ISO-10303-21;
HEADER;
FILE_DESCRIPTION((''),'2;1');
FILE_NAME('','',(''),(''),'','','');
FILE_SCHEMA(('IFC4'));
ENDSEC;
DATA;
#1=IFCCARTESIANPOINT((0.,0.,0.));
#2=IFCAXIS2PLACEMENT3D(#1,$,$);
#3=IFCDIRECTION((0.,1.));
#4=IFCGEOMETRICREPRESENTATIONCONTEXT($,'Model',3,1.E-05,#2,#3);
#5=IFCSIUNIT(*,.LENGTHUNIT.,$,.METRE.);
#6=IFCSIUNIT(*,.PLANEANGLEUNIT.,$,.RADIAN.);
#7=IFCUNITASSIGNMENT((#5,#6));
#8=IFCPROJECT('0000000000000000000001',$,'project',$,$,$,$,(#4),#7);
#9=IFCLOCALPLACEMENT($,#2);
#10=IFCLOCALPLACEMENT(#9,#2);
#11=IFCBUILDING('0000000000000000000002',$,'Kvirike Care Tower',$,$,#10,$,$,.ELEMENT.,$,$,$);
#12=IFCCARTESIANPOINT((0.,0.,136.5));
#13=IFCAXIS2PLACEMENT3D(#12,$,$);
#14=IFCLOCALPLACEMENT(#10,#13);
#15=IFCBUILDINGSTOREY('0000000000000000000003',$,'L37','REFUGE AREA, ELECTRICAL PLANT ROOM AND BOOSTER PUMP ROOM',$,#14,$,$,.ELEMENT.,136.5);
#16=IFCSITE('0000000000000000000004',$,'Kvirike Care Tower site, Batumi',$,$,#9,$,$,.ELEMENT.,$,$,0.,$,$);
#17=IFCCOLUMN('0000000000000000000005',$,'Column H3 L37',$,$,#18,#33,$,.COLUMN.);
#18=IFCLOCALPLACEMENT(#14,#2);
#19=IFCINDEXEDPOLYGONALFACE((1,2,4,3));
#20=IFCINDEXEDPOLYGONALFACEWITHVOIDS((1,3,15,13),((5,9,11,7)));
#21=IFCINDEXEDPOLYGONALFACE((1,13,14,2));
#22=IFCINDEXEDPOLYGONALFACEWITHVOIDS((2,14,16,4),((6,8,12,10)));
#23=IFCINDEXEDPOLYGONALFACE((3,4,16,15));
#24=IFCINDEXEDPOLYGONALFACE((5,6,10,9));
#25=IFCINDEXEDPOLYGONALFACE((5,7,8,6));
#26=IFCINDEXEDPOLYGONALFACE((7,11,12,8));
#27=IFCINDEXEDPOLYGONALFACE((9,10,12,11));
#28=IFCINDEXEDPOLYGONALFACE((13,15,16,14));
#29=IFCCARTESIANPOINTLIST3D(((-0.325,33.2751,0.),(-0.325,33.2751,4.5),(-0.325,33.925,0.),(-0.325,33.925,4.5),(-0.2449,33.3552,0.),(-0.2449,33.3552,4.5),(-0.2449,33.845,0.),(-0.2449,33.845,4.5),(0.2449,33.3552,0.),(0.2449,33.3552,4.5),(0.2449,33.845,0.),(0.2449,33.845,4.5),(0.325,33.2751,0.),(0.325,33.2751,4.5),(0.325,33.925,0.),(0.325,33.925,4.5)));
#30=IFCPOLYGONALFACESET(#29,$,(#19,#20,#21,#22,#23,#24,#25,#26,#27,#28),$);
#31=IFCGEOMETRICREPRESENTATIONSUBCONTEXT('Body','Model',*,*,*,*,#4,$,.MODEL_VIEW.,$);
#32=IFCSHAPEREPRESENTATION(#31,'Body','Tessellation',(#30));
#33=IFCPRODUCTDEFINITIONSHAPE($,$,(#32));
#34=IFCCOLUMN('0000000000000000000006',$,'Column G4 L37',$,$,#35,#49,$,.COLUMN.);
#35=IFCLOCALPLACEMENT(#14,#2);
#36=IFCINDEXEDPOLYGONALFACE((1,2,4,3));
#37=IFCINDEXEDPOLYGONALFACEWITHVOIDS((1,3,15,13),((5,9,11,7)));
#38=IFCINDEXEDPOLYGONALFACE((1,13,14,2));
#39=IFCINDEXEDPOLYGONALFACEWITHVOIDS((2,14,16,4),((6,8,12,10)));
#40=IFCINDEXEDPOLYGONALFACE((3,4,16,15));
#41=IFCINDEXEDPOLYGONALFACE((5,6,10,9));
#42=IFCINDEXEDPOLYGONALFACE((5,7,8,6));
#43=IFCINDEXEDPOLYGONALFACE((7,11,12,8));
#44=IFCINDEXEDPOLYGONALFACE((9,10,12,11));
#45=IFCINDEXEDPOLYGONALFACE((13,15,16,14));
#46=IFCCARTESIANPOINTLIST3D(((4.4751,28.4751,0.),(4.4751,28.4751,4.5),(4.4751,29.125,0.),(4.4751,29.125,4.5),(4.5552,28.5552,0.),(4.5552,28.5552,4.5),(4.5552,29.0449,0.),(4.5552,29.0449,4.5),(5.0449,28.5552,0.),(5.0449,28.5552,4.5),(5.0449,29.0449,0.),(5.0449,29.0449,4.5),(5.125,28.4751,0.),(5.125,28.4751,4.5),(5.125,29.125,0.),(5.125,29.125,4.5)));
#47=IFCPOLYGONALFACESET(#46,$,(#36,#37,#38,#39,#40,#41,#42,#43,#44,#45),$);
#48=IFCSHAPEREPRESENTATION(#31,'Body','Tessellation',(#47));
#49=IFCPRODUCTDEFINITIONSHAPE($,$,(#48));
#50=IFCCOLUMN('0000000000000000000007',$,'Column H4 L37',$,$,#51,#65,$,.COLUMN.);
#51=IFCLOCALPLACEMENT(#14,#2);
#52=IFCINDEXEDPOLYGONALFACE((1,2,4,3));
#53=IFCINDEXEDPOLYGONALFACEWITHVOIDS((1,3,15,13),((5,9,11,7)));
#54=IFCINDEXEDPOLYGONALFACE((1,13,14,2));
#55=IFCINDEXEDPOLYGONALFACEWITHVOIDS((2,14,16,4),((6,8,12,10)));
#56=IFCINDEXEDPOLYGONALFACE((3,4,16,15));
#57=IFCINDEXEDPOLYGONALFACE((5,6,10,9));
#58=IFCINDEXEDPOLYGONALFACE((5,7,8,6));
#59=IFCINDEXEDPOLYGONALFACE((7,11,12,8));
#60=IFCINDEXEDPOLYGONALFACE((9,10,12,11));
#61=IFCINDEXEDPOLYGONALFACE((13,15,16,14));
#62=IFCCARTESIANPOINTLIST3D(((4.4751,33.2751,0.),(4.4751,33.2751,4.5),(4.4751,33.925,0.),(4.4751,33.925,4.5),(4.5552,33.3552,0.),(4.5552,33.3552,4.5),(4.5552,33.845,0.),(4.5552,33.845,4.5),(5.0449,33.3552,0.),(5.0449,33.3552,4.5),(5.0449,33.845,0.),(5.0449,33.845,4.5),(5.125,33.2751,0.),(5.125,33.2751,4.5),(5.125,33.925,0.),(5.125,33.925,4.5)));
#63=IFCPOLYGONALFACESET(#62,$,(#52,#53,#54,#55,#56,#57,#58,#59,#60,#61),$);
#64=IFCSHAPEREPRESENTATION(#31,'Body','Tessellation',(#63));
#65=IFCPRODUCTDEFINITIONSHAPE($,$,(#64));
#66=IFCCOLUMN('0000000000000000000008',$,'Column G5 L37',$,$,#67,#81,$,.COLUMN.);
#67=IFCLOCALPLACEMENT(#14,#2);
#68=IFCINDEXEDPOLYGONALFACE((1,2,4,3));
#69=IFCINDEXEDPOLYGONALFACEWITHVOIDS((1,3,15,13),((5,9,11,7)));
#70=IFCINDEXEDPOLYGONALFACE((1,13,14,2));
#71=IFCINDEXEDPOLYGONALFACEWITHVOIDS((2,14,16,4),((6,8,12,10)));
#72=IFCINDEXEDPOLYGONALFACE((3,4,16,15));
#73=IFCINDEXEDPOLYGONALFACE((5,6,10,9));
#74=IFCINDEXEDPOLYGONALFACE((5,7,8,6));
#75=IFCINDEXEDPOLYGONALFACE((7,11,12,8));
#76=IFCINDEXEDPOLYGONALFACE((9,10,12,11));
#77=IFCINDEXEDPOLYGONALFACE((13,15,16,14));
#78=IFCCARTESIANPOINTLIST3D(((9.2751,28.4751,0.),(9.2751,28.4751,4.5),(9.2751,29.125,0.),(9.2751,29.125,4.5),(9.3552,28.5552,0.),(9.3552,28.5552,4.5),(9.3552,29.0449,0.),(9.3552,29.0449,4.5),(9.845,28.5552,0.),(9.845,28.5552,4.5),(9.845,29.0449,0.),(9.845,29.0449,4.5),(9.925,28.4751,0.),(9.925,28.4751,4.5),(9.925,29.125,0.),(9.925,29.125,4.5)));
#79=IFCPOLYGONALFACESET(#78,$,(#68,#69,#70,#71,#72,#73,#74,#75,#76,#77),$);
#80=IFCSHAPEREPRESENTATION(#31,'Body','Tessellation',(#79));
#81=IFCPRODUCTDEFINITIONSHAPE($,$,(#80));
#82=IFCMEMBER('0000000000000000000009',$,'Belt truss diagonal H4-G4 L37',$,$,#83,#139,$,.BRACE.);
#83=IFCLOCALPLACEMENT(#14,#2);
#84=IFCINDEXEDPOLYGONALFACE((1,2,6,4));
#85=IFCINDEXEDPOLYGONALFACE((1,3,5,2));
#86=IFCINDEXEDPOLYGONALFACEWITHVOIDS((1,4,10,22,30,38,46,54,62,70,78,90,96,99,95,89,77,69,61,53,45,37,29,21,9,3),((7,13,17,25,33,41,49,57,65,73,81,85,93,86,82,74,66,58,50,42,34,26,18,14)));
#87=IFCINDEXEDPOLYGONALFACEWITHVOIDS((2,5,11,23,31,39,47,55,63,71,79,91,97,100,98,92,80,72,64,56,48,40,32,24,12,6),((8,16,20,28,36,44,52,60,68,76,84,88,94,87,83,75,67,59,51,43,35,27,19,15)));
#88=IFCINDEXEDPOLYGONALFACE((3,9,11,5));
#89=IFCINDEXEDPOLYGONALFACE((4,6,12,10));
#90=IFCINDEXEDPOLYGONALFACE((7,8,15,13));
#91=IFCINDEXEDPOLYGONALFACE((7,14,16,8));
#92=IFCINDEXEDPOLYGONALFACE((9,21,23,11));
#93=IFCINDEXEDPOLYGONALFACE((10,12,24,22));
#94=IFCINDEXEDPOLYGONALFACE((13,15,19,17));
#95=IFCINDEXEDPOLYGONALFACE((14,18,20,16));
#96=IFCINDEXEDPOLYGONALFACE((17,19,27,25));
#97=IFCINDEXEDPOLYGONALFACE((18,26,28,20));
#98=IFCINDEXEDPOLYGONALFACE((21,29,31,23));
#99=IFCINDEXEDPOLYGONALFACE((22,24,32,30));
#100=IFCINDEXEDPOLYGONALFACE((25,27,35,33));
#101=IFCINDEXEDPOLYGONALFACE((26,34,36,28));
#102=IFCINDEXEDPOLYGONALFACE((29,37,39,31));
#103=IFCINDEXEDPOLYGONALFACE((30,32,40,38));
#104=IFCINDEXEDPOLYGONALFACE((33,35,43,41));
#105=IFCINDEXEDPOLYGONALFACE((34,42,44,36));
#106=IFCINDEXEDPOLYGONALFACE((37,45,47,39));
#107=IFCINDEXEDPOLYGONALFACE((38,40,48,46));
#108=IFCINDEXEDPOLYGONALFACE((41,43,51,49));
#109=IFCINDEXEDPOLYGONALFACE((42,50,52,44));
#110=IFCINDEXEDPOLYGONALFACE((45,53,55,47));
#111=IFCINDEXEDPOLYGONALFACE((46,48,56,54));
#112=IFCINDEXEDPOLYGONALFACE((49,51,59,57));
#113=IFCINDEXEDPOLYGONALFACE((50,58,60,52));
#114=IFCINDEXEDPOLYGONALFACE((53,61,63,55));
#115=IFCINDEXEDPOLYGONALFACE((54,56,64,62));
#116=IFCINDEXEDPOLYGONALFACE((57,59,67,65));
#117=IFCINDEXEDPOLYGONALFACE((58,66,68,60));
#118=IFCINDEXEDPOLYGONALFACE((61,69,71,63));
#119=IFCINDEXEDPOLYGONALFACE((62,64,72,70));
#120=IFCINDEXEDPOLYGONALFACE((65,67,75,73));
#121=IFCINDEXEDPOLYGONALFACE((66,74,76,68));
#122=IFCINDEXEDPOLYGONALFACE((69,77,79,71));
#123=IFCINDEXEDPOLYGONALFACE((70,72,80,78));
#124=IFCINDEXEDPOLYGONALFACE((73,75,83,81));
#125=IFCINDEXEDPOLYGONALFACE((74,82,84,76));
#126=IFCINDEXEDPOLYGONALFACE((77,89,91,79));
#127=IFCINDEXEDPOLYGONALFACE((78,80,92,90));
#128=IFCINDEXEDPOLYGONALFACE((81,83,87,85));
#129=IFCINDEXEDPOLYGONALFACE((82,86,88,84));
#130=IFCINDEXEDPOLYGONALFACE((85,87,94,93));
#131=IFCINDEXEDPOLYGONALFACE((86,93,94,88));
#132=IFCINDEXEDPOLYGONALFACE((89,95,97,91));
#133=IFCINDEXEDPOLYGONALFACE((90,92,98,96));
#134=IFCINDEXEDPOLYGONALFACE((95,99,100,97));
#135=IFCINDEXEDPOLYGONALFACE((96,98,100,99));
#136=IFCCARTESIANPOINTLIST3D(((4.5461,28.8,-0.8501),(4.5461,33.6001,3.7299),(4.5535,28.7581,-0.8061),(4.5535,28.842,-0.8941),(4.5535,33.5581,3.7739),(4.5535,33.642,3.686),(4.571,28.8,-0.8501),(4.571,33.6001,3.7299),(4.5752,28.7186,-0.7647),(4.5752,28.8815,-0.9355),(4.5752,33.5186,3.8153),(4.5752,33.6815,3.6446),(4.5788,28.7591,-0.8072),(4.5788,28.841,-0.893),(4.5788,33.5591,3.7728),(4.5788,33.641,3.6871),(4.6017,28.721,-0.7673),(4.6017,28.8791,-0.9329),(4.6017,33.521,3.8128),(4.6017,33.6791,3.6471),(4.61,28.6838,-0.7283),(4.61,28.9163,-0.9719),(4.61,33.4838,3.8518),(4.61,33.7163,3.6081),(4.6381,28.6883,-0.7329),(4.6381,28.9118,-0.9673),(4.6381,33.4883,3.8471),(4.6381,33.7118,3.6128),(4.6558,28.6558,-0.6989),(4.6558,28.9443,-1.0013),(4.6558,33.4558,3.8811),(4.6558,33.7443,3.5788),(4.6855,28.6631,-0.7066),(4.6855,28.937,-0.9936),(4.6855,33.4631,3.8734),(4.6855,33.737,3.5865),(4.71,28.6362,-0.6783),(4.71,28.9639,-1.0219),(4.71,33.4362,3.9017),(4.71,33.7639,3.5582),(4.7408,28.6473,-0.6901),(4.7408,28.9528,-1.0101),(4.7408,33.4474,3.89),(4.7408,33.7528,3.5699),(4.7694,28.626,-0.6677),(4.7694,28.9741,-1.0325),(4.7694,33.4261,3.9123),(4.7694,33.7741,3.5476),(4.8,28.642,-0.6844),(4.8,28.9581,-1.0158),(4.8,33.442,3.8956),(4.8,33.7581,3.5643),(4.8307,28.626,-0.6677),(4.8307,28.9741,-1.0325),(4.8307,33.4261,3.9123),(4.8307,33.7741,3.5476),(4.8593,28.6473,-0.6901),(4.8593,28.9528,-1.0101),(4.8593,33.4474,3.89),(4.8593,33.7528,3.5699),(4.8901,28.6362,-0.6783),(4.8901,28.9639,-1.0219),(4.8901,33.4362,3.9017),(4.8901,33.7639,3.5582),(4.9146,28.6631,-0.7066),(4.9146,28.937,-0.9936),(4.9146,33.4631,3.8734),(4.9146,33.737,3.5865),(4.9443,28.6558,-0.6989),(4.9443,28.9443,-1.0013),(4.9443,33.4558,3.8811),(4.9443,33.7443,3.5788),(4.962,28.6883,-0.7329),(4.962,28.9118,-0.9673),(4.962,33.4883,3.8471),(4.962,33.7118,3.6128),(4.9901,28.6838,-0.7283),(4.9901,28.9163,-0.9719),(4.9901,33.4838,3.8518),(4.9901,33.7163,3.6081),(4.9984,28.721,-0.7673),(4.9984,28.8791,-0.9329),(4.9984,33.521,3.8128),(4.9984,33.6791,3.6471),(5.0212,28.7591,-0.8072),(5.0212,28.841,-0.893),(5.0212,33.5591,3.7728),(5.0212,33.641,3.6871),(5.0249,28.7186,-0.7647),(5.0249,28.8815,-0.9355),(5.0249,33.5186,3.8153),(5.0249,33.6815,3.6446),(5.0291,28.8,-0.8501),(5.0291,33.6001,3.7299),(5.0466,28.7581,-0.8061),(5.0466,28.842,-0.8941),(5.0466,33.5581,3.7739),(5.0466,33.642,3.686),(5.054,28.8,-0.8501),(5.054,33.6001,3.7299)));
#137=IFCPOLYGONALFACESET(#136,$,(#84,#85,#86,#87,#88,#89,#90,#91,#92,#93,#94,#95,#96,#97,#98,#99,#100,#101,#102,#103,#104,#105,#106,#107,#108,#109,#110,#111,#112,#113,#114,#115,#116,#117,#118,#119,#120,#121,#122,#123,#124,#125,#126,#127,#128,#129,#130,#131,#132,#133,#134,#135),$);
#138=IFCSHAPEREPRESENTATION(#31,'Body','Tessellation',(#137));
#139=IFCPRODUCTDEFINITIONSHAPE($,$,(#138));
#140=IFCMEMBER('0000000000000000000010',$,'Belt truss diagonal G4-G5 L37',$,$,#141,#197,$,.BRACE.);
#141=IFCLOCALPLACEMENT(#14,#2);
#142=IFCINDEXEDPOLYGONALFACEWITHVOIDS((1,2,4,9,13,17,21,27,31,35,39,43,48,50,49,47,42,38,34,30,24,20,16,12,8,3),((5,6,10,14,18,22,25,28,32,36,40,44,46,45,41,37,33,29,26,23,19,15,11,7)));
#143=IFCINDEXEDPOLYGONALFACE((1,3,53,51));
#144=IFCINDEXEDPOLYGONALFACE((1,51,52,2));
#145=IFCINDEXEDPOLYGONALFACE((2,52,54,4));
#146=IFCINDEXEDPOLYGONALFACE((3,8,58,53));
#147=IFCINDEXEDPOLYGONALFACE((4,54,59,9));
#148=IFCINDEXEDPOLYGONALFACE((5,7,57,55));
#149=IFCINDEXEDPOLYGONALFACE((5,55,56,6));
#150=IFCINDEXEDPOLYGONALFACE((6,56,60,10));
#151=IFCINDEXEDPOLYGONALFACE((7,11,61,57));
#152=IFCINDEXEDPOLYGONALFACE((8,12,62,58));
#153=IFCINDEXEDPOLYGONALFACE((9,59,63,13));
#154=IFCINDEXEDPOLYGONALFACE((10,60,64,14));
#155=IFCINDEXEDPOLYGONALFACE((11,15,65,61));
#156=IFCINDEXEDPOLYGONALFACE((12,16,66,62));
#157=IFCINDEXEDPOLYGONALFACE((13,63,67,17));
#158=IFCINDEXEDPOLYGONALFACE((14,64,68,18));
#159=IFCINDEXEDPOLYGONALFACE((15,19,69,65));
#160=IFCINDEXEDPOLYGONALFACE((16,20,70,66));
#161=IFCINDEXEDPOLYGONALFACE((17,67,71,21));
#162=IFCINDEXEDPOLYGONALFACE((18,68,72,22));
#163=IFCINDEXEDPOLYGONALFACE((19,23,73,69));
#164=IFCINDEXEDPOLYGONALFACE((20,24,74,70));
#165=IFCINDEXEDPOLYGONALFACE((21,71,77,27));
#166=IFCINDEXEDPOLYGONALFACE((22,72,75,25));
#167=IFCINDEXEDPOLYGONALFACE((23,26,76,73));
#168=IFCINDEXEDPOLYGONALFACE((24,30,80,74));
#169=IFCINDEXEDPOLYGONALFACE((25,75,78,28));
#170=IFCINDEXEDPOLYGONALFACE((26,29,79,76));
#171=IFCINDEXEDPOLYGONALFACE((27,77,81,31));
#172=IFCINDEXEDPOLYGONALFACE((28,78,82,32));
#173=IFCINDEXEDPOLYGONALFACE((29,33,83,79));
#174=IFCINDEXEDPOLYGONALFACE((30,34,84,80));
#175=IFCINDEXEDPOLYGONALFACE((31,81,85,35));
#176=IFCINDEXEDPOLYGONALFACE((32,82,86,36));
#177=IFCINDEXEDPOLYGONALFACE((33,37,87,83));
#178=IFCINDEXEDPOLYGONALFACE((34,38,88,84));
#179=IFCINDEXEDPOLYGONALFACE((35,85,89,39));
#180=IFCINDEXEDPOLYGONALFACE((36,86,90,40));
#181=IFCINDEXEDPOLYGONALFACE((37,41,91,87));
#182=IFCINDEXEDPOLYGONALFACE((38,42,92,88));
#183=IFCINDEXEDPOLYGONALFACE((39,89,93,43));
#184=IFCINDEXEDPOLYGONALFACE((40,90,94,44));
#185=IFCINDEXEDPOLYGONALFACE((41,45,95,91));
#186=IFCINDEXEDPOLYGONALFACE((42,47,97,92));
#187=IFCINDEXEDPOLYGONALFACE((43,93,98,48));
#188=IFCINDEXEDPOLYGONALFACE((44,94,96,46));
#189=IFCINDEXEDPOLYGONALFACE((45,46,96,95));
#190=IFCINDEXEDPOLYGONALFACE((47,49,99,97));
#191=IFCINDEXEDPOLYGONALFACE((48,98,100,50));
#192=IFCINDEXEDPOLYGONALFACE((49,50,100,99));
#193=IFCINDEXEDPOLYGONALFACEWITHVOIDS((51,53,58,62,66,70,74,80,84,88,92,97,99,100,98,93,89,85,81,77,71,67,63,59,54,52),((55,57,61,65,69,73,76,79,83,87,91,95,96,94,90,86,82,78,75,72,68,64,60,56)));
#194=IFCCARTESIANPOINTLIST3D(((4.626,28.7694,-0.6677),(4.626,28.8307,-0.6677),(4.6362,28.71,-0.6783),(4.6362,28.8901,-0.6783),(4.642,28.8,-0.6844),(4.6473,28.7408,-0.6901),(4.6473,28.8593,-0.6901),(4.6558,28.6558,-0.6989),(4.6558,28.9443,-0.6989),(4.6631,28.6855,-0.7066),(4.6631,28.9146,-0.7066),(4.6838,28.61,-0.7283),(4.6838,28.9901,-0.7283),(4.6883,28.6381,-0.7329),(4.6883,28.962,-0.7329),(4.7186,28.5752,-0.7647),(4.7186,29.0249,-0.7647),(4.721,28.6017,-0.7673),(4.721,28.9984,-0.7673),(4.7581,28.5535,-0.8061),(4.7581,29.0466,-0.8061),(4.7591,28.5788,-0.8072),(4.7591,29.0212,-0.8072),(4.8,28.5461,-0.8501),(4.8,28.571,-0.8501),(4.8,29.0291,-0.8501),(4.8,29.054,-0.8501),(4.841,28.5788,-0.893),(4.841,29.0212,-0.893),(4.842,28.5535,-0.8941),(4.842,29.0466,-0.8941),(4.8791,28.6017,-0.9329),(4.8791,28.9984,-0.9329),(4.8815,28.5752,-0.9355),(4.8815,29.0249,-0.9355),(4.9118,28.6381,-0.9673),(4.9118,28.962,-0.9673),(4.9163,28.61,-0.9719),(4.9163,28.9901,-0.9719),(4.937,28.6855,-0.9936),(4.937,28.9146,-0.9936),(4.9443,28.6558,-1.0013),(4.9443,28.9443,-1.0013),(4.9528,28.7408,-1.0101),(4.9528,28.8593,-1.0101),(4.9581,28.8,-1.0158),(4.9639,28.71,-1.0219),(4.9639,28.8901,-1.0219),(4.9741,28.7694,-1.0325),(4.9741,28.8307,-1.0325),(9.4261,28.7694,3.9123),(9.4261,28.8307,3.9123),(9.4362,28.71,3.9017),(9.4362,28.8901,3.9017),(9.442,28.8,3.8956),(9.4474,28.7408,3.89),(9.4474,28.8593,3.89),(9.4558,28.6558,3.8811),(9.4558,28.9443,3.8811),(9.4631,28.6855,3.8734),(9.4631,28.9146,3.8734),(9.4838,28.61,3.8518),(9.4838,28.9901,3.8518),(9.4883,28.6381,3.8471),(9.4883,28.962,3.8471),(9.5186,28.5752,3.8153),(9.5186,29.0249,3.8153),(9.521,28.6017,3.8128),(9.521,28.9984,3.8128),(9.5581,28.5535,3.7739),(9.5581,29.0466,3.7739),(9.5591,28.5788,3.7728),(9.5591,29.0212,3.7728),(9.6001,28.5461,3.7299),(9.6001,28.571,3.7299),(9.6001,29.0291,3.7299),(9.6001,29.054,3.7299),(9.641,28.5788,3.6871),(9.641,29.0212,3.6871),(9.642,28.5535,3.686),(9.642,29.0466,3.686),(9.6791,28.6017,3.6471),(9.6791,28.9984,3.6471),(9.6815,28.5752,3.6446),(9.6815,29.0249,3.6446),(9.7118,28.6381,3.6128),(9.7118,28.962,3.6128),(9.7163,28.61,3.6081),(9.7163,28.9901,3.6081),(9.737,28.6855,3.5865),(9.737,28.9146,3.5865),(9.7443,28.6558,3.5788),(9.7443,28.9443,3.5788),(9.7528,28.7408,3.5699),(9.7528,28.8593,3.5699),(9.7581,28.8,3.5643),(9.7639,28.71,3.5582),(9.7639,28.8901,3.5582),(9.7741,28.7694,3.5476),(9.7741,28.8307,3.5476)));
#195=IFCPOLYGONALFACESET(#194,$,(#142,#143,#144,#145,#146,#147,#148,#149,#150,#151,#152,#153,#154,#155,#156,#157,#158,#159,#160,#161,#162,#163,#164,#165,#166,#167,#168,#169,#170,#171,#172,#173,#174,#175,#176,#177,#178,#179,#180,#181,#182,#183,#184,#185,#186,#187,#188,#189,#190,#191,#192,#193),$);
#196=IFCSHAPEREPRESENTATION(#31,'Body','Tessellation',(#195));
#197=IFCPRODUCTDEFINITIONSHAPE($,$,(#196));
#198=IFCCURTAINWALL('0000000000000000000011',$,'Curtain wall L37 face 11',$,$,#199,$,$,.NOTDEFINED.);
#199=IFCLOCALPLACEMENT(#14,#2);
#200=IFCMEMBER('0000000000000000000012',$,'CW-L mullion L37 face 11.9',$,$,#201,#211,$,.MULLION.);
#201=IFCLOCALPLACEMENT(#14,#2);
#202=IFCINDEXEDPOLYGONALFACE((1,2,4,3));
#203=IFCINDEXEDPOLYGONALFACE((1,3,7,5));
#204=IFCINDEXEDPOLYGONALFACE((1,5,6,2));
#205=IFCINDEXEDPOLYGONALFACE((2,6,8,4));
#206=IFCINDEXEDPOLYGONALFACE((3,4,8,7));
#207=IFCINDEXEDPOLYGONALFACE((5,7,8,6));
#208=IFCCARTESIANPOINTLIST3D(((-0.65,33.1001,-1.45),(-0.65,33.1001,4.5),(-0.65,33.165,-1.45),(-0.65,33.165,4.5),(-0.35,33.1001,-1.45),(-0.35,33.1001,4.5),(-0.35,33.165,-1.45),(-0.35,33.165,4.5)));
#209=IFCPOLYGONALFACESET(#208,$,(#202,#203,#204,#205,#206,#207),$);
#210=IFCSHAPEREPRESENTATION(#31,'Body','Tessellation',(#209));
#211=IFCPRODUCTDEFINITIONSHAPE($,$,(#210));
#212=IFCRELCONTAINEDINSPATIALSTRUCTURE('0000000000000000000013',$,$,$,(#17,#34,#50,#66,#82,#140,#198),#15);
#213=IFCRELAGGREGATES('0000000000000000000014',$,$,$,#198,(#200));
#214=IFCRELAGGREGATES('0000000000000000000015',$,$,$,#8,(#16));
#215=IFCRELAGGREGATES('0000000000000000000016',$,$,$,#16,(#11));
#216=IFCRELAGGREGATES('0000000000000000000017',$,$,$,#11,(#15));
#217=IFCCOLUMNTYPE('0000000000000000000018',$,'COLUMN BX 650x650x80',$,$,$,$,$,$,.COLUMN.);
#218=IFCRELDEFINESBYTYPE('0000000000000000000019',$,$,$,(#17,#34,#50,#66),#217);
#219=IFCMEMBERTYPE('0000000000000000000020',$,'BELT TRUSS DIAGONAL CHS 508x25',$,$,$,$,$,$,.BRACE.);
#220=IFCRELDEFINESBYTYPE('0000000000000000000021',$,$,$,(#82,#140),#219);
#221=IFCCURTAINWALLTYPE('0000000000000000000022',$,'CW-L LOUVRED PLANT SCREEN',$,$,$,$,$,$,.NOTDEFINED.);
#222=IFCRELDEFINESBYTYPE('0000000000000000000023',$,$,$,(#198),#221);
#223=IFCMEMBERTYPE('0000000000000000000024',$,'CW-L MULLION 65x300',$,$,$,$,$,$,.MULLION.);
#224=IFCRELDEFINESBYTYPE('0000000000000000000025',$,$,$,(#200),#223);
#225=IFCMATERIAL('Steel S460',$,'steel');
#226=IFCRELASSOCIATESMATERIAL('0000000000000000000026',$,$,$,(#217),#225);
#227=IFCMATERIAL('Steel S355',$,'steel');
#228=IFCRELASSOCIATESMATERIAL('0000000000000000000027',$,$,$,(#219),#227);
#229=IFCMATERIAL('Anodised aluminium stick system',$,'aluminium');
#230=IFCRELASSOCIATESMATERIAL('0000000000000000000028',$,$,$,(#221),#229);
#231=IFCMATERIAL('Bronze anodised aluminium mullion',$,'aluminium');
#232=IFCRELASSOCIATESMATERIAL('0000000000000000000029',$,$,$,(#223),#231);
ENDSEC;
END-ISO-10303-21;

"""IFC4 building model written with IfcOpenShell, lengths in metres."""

from ifc_helpers import new_model, si_unit, direction, frame, origin, origin_2d, place, context, subcontext, project, spatial, rectangle, hollow_rectangle, hollow_circle, extrude, material, material_profile, profile_set, type_object, element, aggregate, save


model = new_model("IFC4")

# Units and contexts
model_context = context("Model", 3, precision=1e-05, world=origin(), true_north=direction((0.0, 1.0)))
body_context = subcontext(model_context, "Body", "Model", "MODEL_VIEW")
ifc_project = project(units=[si_unit("LENGTHUNIT", "METRE"), si_unit("PLANEANGLEUNIT", "RADIAN")], contexts=[model_context])

# Site, building, storey
site_placement = place(None, origin())
site = spatial("IfcSite", under=ifc_project, at=site_placement, Name="Kvirike Care Tower site, Batumi", CompositionType="ELEMENT", RefElevation=0.0)
building_placement = place(site_placement, origin())
building = spatial("IfcBuilding", under=site, at=building_placement, Name="Kvirike Care Tower", CompositionType="ELEMENT")
storey_placement = place(building_placement, frame((0.0, 0.0, 136.5)))
storey = spatial("IfcBuildingStorey", under=building, at=storey_placement, Name="L37", Description="REFUGE AREA, ELECTRICAL PLANT ROOM AND BOOSTER PUMP ROOM", CompositionType="ELEMENT", Elevation=136.5)

# Columns
ifc_material_1 = material(Name="Steel S460", Category="steel")
ifc_material_profile_1 = material_profile(ifc_material_1, hollow_rectangle(XDim=0.6499, YDim=0.6499, WallThickness=0.0801, at=origin_2d()), Name="BX 650x650x80")
ifc_profile_set_1 = profile_set([ifc_material_profile_1], Name="Steel S460")
column_type = type_object("IfcColumnType", Name="COLUMN BX 650x650x80", PredefinedType="COLUMN", material=ifc_profile_set_1)
for number, where, z_axis, x_axis, name in (
    (1, (0.0, 33.6001, 0.0), (0.0, 0.0, 1.0), (0.0, 1.0, 0.0), "Column H3 L37"),
    (2, (4.8, 28.8, 0.0), (0.0, 0.0, 1.0), (0.0, 1.0, 0.0), "Column G4 L37"),
    (3, (4.8, 33.6001, 0.0), (0.0, 0.0, 1.0), (0.0, 1.0, 0.0), "Column H4 L37"),
    (4, (9.6001, 28.8, 0.0), (0.0, 0.0, 1.0), (0.0, 1.0, 0.0), "Column G5 L37"),
):
    element("IfcColumn", number, at=place(storey_placement, frame(where, z_axis=z_axis, x_axis=x_axis)), inside=storey, type_object=column_type, Name=name, PredefinedType="COLUMN", context=body_context, shape_type="SweptSolid", body=[
        extrude(hollow_rectangle(XDim=0.6499, YDim=0.6499, WallThickness=0.0801, at=origin_2d()), origin(), (0.0, 0.0, 1.0), 4.5),
    ])

# Members
ifc_material_2 = material(Name="Steel S355", Category="steel")
ifc_material_profile_2 = material_profile(ifc_material_2, hollow_circle(Radius=0.2539, WallThickness=0.0249, at=origin_2d()), Name="CHS 508x25")
ifc_profile_set_2 = profile_set([ifc_material_profile_2], Name="Steel S355")
member_type_1 = type_object("IfcMemberType", Name="BELT TRUSS DIAGONAL CHS 508x25", PredefinedType="BRACE", material=ifc_profile_set_2)
for number, where, z_axis, x_axis, name in (
    (5, (4.8, 28.8, -0.8501), (0.0, 0.72349, 0.690335), (-1.0, 0.0, 0.0), "Belt truss diagonal H4-G4 L37"),
    (6, (4.8, 28.8, -0.8501), (0.72349, 0.0, 0.690335), (0.0, 1.0, 0.0), "Belt truss diagonal G4-G5 L37"),
):
    element("IfcMember", number, at=place(storey_placement, frame(where, z_axis=z_axis, x_axis=x_axis)), inside=storey, type_object=member_type_1, Name=name, PredefinedType="BRACE", context=body_context, shape_type="SweptSolid", body=[
        extrude(hollow_circle(Radius=0.2539, WallThickness=0.0249, at=origin_2d()), origin(), (0.0, 0.0, 1.0), 6.6345),
    ])

# Curtain wall, member
ifc_material_3 = material(Name="Anodised aluminium stick system", Category="aluminium")
curtain_wall_type = type_object("IfcCurtainWallType", Name="CW-L LOUVRED PLANT SCREEN", PredefinedType="NOTDEFINED", material=ifc_material_3)
curtain_wall_1_placement = place(storey_placement, origin())
curtain_wall_1 = element("IfcCurtainWall", 7, at=curtain_wall_1_placement, inside=storey, type_object=curtain_wall_type, Name="Curtain wall L37 face 11", PredefinedType="NOTDEFINED")
ifc_material_4 = material(Name="Bronze anodised aluminium mullion", Category="aluminium")
ifc_material_profile_3 = material_profile(ifc_material_4, rectangle(XDim=0.0649, YDim=0.3, at=origin_2d()), Name="CW-L MULLION 65x300")
ifc_profile_set_3 = profile_set([ifc_material_profile_3], Name="Bronze anodised aluminium mullion")
member_type_2 = type_object("IfcMemberType", Name="CW-L MULLION 65x300", PredefinedType="MULLION", material=ifc_profile_set_3)
member_1_placement = place(storey_placement, frame((-0.5, 33.1326, -1.45), z_axis=(0.0, 0.0, 1.0), x_axis=(0.0, -1.0, 0.0)))
member_1 = element("IfcMember", 8, at=member_1_placement, type_object=member_type_2, Name="CW-L mullion L37 face 11.9", PredefinedType="MULLION", context=body_context, shape_type="SweptSolid", body=[
    extrude(rectangle(XDim=0.0649, YDim=0.3, at=origin_2d()), origin(), (0.0, 0.0, 1.0), 5.95),
])
aggregate(curtain_wall_1, [member_1])

save(model, "model.ifc")
